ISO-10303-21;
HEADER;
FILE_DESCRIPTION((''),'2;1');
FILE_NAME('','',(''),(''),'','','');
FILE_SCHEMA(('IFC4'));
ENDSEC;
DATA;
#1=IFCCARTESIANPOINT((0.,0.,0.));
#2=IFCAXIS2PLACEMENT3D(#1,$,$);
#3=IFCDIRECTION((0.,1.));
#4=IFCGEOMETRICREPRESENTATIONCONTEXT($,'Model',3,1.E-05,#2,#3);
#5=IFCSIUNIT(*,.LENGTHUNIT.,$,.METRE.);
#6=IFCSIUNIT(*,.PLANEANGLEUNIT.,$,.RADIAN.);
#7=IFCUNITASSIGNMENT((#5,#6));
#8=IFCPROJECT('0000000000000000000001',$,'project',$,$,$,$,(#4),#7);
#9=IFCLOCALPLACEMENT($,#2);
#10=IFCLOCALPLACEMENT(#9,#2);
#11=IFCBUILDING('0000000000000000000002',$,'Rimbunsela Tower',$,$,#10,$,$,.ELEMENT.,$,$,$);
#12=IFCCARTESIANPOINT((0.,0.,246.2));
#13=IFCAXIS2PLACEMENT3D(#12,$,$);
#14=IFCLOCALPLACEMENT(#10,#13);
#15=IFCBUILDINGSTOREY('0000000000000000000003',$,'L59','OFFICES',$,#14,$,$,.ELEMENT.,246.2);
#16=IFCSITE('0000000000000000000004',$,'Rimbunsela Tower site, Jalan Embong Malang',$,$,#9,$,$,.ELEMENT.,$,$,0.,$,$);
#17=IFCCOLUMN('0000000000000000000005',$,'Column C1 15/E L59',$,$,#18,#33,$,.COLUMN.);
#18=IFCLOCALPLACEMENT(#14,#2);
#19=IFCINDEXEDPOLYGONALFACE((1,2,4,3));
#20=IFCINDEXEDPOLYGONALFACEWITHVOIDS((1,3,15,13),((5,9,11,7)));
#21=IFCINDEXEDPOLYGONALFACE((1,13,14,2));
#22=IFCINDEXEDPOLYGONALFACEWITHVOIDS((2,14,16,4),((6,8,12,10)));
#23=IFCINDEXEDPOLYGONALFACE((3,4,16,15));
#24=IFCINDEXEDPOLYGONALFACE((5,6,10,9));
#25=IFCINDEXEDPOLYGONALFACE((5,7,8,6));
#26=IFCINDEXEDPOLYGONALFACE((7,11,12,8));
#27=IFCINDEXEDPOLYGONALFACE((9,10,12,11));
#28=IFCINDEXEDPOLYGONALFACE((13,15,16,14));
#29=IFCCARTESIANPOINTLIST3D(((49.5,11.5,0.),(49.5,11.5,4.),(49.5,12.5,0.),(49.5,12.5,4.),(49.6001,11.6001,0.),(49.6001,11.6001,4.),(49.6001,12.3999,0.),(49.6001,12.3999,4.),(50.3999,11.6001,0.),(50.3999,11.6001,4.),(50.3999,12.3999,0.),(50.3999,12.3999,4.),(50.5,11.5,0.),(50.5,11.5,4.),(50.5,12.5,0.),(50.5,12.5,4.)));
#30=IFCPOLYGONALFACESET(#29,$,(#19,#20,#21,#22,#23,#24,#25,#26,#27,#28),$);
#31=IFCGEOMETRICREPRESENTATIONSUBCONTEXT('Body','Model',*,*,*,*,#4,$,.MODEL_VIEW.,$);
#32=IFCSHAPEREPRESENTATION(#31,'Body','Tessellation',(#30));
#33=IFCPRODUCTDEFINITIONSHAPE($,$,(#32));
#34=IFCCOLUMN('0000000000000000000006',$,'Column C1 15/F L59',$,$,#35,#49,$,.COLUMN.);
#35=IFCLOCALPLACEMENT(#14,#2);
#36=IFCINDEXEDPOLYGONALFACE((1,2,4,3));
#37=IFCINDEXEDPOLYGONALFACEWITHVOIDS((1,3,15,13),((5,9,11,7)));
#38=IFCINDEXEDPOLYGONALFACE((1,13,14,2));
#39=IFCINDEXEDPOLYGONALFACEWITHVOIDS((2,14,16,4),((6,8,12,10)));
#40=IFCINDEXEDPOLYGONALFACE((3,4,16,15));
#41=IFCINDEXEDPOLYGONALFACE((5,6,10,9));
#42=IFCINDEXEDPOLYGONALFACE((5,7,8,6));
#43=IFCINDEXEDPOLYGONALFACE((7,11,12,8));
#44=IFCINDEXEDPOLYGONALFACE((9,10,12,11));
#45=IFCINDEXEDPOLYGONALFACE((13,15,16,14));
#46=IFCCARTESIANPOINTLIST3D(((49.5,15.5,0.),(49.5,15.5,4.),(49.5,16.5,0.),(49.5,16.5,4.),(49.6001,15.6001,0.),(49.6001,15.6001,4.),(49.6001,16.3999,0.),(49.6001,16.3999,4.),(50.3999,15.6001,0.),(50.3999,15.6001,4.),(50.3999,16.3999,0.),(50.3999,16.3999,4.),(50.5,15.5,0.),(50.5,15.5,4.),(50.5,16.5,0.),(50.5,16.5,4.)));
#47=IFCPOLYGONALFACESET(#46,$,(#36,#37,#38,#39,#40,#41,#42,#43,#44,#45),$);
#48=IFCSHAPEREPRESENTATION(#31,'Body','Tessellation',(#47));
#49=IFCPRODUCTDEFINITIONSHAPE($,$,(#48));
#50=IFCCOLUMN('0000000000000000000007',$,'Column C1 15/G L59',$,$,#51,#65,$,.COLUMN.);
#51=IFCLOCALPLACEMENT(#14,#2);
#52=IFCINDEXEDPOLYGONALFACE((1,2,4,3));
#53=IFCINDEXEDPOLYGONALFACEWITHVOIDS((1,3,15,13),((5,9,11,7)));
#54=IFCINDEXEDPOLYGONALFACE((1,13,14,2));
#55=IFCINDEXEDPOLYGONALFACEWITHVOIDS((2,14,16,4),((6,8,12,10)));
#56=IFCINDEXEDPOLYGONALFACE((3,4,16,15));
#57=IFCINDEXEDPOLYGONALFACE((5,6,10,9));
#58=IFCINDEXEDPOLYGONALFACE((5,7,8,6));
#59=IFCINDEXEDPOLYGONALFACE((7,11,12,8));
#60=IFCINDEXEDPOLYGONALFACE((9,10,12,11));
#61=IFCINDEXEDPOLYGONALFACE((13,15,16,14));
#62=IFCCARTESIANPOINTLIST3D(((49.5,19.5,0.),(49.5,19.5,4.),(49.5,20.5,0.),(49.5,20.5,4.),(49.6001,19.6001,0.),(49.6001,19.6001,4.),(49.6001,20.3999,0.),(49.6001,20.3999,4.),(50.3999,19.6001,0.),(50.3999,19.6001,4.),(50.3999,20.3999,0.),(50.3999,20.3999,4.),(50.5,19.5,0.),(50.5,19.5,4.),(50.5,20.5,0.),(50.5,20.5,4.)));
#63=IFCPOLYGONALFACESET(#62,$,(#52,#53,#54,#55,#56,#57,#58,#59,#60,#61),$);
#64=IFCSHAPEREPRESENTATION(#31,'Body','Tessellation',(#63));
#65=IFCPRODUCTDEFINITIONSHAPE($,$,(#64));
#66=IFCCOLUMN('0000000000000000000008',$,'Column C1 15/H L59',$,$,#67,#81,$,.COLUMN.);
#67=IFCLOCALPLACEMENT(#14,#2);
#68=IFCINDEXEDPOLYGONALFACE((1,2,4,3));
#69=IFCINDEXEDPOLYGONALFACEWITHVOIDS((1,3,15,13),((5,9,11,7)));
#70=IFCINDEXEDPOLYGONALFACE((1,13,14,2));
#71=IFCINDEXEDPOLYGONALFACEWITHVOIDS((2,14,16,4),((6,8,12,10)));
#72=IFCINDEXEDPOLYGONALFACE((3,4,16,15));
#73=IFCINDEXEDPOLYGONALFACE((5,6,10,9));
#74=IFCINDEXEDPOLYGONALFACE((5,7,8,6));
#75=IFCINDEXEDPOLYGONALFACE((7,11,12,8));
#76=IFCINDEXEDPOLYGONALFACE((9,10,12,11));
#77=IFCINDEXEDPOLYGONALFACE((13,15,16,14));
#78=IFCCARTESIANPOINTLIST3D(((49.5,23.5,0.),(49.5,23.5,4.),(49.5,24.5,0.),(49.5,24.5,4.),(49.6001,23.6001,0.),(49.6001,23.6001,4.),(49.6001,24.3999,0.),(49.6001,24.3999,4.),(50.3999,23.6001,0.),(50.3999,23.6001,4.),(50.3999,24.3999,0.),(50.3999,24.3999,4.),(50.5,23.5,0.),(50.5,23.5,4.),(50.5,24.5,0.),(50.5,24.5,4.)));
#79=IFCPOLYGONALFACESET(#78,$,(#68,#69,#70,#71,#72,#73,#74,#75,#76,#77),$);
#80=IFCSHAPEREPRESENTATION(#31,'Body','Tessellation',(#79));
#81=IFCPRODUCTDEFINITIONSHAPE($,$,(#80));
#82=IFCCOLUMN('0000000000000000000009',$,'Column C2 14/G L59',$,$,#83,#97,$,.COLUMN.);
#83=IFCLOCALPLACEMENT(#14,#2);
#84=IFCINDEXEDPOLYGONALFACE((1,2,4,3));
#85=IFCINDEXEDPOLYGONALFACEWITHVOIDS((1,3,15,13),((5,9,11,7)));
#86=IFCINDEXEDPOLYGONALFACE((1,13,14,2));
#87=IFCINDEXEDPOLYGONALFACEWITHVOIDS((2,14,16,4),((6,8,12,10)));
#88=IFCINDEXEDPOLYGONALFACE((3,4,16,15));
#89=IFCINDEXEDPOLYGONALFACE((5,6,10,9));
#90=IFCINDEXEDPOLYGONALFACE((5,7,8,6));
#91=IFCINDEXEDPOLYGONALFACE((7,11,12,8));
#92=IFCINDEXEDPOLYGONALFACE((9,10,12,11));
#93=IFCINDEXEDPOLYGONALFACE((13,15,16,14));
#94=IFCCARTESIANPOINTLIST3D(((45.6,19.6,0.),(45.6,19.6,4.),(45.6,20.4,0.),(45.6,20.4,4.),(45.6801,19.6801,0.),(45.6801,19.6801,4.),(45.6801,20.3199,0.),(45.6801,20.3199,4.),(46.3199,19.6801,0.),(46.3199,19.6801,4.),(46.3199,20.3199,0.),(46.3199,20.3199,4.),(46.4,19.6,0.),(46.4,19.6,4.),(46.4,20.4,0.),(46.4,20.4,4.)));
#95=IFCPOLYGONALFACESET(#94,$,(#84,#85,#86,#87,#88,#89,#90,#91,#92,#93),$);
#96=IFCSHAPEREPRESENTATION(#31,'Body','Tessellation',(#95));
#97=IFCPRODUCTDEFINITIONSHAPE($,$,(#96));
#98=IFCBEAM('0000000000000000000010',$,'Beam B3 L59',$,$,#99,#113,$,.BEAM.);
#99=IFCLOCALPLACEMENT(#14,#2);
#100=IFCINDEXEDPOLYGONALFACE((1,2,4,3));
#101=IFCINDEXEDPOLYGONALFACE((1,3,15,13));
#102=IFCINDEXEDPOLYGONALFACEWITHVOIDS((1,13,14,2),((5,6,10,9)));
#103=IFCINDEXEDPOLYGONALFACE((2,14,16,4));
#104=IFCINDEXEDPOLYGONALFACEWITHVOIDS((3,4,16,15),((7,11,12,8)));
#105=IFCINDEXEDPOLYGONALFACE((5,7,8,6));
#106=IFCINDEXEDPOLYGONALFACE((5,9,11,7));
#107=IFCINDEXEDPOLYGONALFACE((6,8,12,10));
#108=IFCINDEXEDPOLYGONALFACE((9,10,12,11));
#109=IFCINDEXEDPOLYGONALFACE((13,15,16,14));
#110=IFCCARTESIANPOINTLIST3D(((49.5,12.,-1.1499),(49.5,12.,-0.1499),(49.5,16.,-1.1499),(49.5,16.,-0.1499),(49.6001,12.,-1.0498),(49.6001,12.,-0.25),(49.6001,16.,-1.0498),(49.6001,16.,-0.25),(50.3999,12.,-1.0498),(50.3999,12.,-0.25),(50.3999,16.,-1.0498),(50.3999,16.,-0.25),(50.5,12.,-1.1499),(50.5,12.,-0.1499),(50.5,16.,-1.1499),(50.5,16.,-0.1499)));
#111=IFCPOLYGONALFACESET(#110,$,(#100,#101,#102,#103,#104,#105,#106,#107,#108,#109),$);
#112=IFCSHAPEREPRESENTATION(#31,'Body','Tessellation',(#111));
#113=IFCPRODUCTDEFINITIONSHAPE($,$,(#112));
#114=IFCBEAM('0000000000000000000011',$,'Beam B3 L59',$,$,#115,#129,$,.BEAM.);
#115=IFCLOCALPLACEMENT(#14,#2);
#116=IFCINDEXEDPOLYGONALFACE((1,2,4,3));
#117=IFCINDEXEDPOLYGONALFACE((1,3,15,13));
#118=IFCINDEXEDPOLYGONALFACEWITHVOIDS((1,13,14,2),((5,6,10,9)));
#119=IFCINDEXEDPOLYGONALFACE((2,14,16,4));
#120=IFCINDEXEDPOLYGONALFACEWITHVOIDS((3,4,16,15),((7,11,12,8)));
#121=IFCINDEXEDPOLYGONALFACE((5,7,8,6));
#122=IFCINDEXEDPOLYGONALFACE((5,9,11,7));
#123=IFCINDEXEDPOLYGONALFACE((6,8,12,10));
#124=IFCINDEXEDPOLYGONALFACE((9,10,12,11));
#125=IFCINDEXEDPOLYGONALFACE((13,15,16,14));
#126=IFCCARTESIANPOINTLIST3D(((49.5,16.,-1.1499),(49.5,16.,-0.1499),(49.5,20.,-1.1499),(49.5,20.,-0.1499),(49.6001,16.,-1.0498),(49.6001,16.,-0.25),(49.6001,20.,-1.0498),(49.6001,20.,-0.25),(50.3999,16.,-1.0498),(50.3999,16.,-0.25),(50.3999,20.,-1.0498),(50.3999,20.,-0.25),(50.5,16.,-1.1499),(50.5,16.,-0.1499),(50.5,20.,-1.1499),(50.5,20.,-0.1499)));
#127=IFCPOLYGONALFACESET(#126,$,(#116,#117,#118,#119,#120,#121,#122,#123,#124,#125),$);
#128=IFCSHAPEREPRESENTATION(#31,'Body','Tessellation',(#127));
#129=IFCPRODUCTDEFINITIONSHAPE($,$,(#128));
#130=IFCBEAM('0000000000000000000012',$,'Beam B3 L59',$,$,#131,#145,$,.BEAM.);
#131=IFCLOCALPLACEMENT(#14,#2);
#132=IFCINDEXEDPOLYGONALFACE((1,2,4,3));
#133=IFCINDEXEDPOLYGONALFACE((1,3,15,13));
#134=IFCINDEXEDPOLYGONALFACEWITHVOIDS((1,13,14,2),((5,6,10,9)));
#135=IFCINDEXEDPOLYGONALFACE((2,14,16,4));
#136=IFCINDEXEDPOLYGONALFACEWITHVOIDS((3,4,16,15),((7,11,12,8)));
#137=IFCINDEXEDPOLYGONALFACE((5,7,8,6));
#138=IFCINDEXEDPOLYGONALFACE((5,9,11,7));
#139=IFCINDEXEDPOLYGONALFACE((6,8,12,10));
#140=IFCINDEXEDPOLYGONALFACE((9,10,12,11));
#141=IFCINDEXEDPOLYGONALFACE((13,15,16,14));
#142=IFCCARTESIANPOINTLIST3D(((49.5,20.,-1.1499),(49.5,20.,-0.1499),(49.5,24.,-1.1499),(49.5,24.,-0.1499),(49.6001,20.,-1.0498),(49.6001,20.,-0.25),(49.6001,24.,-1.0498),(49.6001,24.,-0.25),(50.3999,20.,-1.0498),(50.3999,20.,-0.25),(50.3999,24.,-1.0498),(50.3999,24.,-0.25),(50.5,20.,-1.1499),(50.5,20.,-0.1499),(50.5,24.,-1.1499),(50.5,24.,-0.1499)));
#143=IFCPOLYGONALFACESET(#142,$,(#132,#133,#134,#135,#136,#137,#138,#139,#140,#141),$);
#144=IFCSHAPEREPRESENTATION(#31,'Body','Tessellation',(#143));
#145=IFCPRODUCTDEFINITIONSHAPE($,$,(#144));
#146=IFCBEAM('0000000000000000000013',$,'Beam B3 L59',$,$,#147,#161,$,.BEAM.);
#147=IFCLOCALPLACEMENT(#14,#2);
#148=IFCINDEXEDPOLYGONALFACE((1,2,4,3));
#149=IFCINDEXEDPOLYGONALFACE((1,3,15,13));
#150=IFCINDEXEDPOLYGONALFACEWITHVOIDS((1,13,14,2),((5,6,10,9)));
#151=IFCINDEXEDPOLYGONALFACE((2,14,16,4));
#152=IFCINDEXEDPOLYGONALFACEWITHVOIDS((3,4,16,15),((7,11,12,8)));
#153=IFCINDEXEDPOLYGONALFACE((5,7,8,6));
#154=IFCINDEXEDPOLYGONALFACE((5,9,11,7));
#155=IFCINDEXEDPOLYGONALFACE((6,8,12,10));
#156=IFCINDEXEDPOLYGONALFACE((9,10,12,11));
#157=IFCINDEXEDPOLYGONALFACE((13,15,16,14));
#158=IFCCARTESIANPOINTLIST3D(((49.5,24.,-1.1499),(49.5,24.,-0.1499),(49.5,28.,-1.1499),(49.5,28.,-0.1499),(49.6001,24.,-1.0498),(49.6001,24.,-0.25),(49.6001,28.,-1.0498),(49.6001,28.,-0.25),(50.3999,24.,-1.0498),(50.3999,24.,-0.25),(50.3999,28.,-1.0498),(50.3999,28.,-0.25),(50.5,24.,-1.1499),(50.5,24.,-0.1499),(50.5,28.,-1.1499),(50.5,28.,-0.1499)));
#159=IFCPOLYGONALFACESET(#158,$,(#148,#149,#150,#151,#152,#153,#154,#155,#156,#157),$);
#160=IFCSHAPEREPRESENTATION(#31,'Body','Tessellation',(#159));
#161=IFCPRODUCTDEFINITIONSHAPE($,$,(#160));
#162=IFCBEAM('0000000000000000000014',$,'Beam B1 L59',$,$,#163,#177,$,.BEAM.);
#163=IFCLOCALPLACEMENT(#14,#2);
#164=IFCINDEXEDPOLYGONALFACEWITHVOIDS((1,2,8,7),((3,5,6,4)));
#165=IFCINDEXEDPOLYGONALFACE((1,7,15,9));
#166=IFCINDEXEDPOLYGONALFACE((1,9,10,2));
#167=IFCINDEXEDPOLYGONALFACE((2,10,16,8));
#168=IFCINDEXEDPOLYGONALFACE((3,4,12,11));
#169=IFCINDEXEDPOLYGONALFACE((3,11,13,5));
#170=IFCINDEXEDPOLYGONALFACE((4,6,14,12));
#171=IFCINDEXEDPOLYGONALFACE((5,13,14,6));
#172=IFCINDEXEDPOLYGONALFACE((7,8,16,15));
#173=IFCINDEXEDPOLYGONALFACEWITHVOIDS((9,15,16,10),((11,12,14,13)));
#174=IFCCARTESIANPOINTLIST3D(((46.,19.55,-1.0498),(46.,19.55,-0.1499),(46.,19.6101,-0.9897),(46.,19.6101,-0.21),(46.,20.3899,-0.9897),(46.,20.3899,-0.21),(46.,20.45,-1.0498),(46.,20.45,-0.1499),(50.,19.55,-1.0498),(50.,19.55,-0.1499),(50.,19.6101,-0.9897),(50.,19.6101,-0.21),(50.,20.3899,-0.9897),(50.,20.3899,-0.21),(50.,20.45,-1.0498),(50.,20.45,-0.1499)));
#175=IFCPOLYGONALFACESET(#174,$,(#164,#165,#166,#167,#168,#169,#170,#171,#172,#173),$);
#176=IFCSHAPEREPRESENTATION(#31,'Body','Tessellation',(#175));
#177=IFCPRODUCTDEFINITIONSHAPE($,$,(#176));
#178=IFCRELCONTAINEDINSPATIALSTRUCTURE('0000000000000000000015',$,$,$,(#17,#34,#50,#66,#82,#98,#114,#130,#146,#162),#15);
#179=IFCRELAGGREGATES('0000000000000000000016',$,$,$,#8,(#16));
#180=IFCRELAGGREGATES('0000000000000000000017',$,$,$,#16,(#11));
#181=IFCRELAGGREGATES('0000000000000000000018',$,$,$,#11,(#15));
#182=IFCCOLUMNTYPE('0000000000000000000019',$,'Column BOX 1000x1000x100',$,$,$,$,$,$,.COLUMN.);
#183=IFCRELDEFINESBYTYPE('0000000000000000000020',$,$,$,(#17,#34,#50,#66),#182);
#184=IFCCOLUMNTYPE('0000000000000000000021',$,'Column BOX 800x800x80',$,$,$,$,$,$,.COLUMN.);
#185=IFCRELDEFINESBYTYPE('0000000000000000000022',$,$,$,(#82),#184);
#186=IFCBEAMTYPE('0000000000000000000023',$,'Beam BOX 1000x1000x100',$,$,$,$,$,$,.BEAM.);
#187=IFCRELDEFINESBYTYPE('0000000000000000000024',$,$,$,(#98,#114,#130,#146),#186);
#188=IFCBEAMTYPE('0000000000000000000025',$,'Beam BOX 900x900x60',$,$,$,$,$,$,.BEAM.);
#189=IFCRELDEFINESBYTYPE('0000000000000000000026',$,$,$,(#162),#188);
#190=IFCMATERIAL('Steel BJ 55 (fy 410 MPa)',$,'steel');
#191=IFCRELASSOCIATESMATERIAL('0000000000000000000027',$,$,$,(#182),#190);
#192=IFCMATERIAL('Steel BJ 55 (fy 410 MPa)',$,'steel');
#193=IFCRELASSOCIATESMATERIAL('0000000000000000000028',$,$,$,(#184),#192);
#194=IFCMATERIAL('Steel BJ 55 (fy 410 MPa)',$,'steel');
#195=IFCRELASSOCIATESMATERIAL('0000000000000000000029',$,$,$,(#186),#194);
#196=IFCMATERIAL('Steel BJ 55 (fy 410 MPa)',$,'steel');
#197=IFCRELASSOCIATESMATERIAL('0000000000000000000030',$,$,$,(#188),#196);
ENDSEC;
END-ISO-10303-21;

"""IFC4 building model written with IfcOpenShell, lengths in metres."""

from ifc_helpers import new_model, si_unit, direction, frame, origin, origin_2d, place, context, subcontext, project, spatial, hollow_rectangle, extrude, material, material_profile, profile_set, type_object, element, save


model = new_model("IFC4")

# Units and contexts
model_context = context("Model", 3, precision=1e-05, world=origin(), true_north=direction((0.0, 1.0)))
body_context = subcontext(model_context, "Body", "Model", "MODEL_VIEW")
ifc_project = project(units=[si_unit("LENGTHUNIT", "METRE"), si_unit("PLANEANGLEUNIT", "RADIAN")], contexts=[model_context])

# Site, building, storey
site_placement = place(None, origin())
site = spatial("IfcSite", under=ifc_project, at=site_placement, Name="Rimbunsela Tower site, Jalan Embong Malang", CompositionType="ELEMENT", RefElevation=0.0)
building_placement = place(site_placement, origin())
building = spatial("IfcBuilding", under=site, at=building_placement, Name="Rimbunsela Tower", CompositionType="ELEMENT")
storey_placement = place(building_placement, frame((0.0, 0.0, 246.2)))
storey = spatial("IfcBuildingStorey", under=building, at=storey_placement, Name="L59", Description="OFFICES", CompositionType="ELEMENT", Elevation=246.2)

# Columns
ifc_material_1 = material(Name="Steel BJ 55 (fy 410 MPa)", Category="steel")
ifc_material_profile_1 = material_profile(ifc_material_1, hollow_rectangle(XDim=1.0, YDim=1.0, WallThickness=0.1001, at=origin_2d()), Name="BOX 1000x1000x100")
ifc_profile_set_1 = profile_set([ifc_material_profile_1], Name="Steel BJ 55 (fy 410 MPa)")
column_type_1 = type_object("IfcColumnType", Name="Column BOX 1000x1000x100", PredefinedType="COLUMN", material=ifc_profile_set_1)
for number, where, z_axis, x_axis, name in (
    (1, (50.0, 12.0, 0.0), (0.0, 0.0, 1.0), (1.0, 0.0, 0.0), "Column C1 15/E L59"),
    (2, (50.0, 16.0, 0.0), (0.0, 0.0, 1.0), (1.0, 0.0, 0.0), "Column C1 15/F L59"),
    (3, (50.0, 20.0, 0.0), (0.0, 0.0, 1.0), (1.0, 0.0, 0.0), "Column C1 15/G L59"),
    (4, (50.0, 24.0, 0.0), (0.0, 0.0, 1.0), (1.0, 0.0, 0.0), "Column C1 15/H L59"),
):
    element("IfcColumn", number, at=place(storey_placement, frame(where, z_axis=z_axis, x_axis=x_axis)), inside=storey, type_object=column_type_1, Name=name, PredefinedType="COLUMN", context=body_context, shape_type="SweptSolid", body=[
        extrude(hollow_rectangle(XDim=1.0, YDim=1.0, WallThickness=0.1001, at=origin_2d()), origin(), (0.0, 0.0, 1.0), 4.0),
    ])
ifc_material_2 = material(Name="Steel BJ 55 (fy 410 MPa)", Category="steel")
ifc_material_profile_2 = material_profile(ifc_material_2, hollow_rectangle(XDim=0.8, YDim=0.8, WallThickness=0.0801, at=origin_2d()), Name="BOX 800x800x80")
ifc_profile_set_2 = profile_set([ifc_material_profile_2], Name="Steel BJ 55 (fy 410 MPa)")
column_type_2 = type_object("IfcColumnType", Name="Column BOX 800x800x80", PredefinedType="COLUMN", material=ifc_profile_set_2)
column_placement = place(storey_placement, frame((46.0, 20.0, 0.0), z_axis=(0.0, 0.0, 1.0), x_axis=(1.0, 0.0, 0.0)))
element("IfcColumn", 5, at=column_placement, inside=storey, type_object=column_type_2, Name="Column C2 14/G L59", PredefinedType="COLUMN", context=body_context, shape_type="SweptSolid", body=[
    extrude(hollow_rectangle(XDim=0.8, YDim=0.8, WallThickness=0.0801, at=origin_2d()), origin(), (0.0, 0.0, 1.0), 4.0),
])

# Beams
ifc_material_3 = material(Name="Steel BJ 55 (fy 410 MPa)", Category="steel")
ifc_material_profile_3 = material_profile(ifc_material_3, hollow_rectangle(XDim=1.0, YDim=1.0, WallThickness=0.1001, at=origin_2d()), Name="BOX 1000x1000x100")
ifc_profile_set_3 = profile_set([ifc_material_profile_3], Name="Steel BJ 55 (fy 410 MPa)")
beam_type_1 = type_object("IfcBeamType", Name="Beam BOX 1000x1000x100", PredefinedType="BEAM", material=ifc_profile_set_3)
for number, where, z_axis, x_axis, name in (
    (6, (50.0, 12.0, -0.6499), (0.0, 1.0, 0.0), (-1.0, 0.0, 0.0), "Beam B3 L59"),
    (7, (50.0, 16.0, -0.6499), (0.0, 1.0, 0.0), (-1.0, 0.0, 0.0), "Beam B3 L59"),
    (8, (50.0, 20.0, -0.6499), (0.0, 1.0, 0.0), (-1.0, 0.0, 0.0), "Beam B3 L59"),
    (9, (50.0, 24.0, -0.6499), (0.0, 1.0, 0.0), (-1.0, 0.0, 0.0), "Beam B3 L59"),
):
    element("IfcBeam", number, at=place(storey_placement, frame(where, z_axis=z_axis, x_axis=x_axis)), inside=storey, type_object=beam_type_1, Name=name, PredefinedType="BEAM", context=body_context, shape_type="SweptSolid", body=[
        extrude(hollow_rectangle(XDim=1.0, YDim=1.0, WallThickness=0.1001, at=origin_2d()), origin(), (0.0, 0.0, 1.0), 4.0),
    ])
ifc_material_4 = material(Name="Steel BJ 55 (fy 410 MPa)", Category="steel")
ifc_material_profile_4 = material_profile(ifc_material_4, hollow_rectangle(XDim=0.8999, YDim=0.8999, WallThickness=0.0601, at=origin_2d()), Name="BOX 900x900x60")
ifc_profile_set_4 = profile_set([ifc_material_profile_4], Name="Steel BJ 55 (fy 410 MPa)")
beam_type_2 = type_object("IfcBeamType", Name="Beam BOX 900x900x60", PredefinedType="BEAM", material=ifc_profile_set_4)
beam_placement = place(storey_placement, frame((46.0, 20.0, -0.5999), z_axis=(1.0, 0.0, 0.0), x_axis=(0.0, 1.0, 0.0)))
element("IfcBeam", 10, at=beam_placement, inside=storey, type_object=beam_type_2, Name="Beam B1 L59", PredefinedType="BEAM", context=body_context, shape_type="SweptSolid", body=[
    extrude(hollow_rectangle(XDim=0.8999, YDim=0.8999, WallThickness=0.0601, at=origin_2d()), origin(), (0.0, 0.0, 1.0), 4.0),
])

save(model, "model.ifc")
